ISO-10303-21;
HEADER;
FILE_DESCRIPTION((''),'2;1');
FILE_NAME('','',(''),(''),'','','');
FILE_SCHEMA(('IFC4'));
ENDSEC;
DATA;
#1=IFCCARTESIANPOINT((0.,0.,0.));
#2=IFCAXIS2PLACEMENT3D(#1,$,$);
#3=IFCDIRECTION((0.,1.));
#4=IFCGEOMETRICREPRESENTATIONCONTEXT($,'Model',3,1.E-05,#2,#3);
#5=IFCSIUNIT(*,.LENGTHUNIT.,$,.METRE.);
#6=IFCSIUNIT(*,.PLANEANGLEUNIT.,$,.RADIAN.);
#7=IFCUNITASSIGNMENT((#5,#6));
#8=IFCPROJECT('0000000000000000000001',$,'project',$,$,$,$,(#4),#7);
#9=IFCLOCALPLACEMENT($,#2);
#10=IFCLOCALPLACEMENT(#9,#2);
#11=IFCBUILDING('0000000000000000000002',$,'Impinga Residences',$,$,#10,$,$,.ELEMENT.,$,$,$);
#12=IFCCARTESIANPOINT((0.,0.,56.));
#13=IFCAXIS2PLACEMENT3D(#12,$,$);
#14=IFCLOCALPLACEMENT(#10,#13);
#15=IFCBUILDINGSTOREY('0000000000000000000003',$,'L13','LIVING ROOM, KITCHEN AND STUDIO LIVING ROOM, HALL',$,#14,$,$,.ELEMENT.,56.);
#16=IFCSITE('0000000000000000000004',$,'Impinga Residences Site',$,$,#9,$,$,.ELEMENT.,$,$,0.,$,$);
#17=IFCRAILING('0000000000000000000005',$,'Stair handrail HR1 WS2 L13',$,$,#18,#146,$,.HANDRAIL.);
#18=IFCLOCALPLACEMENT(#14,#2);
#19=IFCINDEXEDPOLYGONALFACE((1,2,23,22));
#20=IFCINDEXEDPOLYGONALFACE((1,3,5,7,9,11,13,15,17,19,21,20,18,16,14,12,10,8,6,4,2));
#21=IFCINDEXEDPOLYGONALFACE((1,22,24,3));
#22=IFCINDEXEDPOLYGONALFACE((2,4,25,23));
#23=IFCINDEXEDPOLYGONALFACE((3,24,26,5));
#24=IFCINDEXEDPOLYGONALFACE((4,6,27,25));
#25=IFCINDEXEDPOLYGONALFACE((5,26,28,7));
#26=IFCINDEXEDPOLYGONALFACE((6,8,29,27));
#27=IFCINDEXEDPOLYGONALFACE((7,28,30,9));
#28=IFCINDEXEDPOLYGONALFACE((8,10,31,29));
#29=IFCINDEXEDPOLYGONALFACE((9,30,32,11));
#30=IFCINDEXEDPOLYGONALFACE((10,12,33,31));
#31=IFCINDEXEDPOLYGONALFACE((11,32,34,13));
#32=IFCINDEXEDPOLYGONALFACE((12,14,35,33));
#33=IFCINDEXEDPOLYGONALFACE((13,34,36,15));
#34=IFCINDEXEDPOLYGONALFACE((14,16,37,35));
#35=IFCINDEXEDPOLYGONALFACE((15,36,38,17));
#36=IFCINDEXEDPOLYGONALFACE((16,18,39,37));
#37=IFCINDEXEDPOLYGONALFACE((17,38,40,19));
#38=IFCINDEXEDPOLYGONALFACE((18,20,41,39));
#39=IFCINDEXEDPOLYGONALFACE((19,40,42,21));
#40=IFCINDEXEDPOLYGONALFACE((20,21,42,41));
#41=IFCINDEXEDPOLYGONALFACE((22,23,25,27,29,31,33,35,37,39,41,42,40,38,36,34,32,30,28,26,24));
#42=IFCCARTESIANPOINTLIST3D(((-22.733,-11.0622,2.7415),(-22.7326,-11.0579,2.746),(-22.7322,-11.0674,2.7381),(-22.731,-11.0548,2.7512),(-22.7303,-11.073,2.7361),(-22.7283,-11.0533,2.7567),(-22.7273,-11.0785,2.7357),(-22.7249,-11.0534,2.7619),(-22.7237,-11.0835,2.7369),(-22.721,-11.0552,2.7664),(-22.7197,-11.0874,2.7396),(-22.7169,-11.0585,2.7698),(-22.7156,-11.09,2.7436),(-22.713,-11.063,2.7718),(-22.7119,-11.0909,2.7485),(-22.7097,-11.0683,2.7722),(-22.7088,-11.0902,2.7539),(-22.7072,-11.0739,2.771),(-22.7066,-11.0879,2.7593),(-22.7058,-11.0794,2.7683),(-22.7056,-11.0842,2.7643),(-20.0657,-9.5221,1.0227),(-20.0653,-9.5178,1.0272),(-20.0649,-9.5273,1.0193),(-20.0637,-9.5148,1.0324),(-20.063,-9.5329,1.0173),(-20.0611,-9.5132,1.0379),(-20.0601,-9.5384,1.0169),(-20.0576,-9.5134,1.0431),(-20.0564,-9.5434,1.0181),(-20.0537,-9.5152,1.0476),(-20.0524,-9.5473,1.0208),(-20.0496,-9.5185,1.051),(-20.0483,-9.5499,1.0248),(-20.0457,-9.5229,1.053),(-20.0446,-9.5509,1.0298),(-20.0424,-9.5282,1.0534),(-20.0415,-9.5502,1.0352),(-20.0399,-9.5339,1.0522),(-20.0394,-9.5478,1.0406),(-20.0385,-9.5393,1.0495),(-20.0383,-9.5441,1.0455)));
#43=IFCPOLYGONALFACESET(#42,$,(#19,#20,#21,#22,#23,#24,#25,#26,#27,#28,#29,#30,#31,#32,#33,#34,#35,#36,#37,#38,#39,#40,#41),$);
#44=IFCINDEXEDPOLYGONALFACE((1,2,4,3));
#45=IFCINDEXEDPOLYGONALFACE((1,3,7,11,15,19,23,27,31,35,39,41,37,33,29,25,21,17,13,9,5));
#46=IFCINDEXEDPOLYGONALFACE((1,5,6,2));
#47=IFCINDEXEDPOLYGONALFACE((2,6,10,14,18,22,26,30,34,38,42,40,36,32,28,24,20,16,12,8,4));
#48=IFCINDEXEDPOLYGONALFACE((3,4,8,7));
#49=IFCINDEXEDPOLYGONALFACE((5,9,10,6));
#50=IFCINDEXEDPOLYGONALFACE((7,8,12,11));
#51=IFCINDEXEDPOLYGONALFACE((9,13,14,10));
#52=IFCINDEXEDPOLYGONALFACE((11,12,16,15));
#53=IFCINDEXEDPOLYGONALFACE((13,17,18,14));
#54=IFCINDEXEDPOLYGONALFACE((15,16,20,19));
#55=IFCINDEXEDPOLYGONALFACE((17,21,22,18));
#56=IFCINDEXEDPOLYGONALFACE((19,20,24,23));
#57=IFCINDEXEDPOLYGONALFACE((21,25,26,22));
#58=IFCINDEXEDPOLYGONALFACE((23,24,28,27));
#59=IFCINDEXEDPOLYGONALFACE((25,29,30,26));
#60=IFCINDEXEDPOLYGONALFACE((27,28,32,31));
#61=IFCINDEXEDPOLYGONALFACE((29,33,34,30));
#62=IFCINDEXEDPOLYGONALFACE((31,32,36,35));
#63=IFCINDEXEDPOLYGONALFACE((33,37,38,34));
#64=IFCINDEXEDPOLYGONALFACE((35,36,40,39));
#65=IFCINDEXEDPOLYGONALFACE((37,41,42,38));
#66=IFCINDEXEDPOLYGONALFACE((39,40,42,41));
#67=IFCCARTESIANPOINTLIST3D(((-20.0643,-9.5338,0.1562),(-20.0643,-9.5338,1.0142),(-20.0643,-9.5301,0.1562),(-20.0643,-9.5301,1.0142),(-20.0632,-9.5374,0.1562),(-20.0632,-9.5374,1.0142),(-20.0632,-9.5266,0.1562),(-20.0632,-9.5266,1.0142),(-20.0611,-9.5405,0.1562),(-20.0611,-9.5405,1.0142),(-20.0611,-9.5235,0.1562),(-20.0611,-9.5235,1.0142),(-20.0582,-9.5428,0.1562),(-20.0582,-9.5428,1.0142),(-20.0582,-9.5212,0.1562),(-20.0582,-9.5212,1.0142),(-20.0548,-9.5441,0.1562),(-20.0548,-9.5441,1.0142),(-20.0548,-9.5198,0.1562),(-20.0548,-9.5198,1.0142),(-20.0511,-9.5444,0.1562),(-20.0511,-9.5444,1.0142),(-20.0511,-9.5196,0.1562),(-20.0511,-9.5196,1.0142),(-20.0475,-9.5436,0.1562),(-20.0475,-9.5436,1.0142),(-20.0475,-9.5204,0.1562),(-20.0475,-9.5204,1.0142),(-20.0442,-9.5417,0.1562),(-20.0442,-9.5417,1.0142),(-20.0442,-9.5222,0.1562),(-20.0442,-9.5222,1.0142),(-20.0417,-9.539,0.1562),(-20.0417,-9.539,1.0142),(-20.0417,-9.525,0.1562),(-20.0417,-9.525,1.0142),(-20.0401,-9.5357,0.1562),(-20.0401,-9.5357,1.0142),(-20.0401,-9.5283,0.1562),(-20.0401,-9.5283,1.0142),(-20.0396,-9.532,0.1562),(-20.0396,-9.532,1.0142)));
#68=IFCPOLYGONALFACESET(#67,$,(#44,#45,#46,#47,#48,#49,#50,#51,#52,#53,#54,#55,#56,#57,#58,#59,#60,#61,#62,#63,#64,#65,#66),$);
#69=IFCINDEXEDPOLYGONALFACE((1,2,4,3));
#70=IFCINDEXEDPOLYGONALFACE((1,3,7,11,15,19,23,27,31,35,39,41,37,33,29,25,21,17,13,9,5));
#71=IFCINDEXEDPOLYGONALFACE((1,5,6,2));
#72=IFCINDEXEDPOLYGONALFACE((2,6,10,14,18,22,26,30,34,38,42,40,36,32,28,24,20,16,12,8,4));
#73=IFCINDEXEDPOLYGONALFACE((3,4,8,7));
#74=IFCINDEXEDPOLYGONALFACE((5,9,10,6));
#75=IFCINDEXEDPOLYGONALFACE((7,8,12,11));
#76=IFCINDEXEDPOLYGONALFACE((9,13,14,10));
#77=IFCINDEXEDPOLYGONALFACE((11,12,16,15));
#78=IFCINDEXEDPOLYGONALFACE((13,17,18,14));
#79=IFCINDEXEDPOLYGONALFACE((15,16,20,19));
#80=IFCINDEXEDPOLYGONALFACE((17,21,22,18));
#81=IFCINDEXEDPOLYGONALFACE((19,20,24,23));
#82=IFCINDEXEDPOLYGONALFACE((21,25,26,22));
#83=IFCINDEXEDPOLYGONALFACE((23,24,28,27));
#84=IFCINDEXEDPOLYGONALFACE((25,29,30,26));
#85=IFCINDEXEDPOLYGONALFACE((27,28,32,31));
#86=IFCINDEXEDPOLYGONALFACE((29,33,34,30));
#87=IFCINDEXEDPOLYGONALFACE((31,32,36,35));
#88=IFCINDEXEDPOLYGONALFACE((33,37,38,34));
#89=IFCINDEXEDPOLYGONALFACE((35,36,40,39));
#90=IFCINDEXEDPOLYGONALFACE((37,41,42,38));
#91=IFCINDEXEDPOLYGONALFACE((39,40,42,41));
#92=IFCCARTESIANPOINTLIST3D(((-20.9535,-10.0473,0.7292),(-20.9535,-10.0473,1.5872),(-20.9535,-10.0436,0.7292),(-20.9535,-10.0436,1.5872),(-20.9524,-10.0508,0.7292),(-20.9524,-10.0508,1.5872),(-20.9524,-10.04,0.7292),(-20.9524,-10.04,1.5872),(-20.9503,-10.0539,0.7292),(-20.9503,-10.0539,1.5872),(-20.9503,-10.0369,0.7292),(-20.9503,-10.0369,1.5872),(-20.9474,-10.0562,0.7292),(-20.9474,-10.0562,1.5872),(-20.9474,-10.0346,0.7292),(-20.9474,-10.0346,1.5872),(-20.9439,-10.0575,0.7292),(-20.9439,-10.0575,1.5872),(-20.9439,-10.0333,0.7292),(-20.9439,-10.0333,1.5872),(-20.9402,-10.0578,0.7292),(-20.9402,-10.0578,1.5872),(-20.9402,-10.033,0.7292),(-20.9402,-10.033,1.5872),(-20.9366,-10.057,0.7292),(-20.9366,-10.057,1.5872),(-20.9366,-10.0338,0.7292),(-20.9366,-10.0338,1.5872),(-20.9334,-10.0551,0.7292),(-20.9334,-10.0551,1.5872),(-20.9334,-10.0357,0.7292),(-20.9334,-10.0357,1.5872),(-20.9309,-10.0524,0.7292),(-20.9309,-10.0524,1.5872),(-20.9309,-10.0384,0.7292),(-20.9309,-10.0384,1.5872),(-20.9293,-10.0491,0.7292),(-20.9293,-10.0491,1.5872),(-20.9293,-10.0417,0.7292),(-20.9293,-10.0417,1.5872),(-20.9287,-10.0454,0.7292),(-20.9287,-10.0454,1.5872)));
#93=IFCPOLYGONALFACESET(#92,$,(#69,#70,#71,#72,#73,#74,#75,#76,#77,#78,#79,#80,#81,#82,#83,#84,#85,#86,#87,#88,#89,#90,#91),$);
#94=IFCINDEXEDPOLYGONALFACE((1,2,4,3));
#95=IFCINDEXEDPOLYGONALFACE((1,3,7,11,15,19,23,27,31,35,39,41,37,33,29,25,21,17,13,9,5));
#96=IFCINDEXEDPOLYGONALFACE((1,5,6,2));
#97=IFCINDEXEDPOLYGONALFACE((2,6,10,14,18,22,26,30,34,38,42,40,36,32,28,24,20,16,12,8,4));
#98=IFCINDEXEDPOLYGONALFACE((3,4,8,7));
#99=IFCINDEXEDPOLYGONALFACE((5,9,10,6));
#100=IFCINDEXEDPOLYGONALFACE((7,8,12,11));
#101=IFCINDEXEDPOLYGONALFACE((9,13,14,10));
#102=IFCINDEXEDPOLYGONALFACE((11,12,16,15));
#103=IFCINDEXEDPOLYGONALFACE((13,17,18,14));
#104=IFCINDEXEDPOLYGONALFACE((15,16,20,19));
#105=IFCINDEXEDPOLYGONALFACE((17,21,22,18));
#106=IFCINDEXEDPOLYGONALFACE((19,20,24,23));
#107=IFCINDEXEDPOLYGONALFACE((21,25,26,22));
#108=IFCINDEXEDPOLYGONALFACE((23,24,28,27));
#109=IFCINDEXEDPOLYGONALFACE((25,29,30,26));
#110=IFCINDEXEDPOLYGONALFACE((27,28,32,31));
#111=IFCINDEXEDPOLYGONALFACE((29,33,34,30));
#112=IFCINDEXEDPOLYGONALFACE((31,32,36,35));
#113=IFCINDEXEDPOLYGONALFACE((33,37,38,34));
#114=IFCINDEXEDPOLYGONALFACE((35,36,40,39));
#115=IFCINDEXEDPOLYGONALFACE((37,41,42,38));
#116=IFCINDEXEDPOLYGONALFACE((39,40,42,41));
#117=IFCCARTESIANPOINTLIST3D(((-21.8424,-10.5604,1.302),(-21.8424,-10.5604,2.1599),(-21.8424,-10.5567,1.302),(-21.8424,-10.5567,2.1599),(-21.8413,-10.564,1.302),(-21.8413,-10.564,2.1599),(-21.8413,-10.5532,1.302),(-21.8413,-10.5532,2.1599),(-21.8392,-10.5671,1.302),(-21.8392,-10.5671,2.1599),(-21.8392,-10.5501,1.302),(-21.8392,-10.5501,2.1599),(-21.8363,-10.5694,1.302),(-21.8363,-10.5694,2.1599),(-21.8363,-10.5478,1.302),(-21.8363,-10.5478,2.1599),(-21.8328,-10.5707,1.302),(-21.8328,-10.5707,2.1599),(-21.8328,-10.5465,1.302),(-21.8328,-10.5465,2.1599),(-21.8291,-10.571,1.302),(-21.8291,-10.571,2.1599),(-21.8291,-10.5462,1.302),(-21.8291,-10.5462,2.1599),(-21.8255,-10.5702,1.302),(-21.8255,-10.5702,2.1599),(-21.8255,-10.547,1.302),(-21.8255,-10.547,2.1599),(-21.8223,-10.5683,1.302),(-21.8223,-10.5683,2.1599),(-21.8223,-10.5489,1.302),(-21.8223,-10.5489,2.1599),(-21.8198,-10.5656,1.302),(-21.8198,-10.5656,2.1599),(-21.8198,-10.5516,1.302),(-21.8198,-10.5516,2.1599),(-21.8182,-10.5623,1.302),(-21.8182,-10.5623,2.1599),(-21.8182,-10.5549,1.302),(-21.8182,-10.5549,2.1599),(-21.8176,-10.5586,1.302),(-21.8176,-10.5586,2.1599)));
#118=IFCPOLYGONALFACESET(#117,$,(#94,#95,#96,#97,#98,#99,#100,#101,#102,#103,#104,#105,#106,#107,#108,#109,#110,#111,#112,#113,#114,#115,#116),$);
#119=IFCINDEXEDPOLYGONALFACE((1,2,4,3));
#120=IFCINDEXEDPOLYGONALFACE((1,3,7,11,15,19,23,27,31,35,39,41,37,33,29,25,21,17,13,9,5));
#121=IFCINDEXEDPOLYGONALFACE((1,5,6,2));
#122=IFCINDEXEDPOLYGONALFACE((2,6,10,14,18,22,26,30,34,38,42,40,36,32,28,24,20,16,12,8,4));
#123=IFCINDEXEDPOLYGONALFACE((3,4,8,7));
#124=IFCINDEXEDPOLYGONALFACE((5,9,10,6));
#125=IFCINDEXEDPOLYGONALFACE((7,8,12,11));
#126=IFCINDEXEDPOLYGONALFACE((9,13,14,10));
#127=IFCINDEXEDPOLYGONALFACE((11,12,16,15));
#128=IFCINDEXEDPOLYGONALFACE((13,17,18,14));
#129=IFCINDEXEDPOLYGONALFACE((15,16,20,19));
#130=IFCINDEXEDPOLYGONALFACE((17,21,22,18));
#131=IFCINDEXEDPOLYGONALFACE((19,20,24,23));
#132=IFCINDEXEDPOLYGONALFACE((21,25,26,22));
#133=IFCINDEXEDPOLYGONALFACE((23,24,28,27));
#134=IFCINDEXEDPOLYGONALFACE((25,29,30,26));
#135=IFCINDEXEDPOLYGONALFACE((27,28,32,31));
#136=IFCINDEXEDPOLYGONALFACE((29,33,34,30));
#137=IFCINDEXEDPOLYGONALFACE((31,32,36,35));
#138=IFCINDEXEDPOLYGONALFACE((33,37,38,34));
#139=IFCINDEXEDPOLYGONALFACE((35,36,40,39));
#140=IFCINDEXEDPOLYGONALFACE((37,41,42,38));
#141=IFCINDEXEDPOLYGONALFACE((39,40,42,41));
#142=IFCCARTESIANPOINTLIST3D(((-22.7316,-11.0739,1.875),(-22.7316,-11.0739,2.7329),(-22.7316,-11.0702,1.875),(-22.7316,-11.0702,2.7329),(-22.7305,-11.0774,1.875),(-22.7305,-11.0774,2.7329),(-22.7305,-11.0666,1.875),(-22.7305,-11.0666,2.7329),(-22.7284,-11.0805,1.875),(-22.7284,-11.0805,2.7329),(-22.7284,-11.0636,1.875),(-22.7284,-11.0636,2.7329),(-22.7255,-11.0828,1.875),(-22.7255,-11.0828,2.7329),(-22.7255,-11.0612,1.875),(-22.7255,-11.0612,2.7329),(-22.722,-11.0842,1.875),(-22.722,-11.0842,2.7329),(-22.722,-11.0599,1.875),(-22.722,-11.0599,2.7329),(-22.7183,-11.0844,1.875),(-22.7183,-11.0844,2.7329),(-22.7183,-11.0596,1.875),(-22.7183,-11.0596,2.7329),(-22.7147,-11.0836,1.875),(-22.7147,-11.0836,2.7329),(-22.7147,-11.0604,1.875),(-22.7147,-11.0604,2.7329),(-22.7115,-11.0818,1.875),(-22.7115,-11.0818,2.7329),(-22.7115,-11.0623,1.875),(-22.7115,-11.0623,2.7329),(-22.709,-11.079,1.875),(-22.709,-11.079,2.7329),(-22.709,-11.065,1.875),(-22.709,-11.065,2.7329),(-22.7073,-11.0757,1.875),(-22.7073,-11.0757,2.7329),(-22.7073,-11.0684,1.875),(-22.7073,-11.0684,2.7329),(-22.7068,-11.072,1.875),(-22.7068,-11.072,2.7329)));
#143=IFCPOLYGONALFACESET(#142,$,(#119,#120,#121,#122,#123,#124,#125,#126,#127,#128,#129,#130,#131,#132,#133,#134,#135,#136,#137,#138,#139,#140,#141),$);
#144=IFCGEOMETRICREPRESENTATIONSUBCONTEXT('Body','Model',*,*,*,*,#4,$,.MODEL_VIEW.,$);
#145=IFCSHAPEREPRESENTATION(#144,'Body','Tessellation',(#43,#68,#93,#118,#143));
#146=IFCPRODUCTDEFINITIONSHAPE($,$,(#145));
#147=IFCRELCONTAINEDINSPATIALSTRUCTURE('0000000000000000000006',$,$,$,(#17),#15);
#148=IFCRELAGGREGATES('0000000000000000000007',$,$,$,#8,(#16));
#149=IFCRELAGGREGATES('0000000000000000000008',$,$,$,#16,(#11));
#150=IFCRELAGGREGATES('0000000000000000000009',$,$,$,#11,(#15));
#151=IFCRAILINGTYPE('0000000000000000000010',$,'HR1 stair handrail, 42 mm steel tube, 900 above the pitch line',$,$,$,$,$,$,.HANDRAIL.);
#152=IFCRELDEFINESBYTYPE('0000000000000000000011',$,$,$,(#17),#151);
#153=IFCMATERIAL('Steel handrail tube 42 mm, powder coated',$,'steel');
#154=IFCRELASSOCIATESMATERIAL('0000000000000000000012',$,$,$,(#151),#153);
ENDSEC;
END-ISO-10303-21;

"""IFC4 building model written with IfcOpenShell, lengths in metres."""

from ifc_helpers import new_model, si_unit, direction, frame, origin, origin_2d, place, context, subcontext, project, spatial, circle, extrude, material, type_object, element, save


model = new_model("IFC4")

# Units and contexts
model_context = context("Model", 3, precision=1e-05, world=origin(), true_north=direction((0.0, 1.0)))
body_context = subcontext(model_context, "Body", "Model", "MODEL_VIEW")
ifc_project = project(units=[si_unit("LENGTHUNIT", "METRE"), si_unit("PLANEANGLEUNIT", "RADIAN")], contexts=[model_context])

# Site, building, storey
site_placement = place(None, origin())
site = spatial("IfcSite", under=ifc_project, at=site_placement, Name="Impinga Residences Site", CompositionType="ELEMENT", RefElevation=0.0)
building_placement = place(site_placement, origin())
building = spatial("IfcBuilding", under=site, at=building_placement, Name="Impinga Residences", CompositionType="ELEMENT")
storey_placement = place(building_placement, frame((0.0, 0.0, 56.0)))
storey = spatial("IfcBuildingStorey", under=building, at=storey_placement, Name="L13", Description="LIVING ROOM, KITCHEN AND STUDIO LIVING ROOM, HALL", CompositionType="ELEMENT", Elevation=56.0)

# Railing
ifc_material_1 = material(Name="Steel handrail tube 42 mm, powder coated", Category="steel")
railing_type_1 = type_object("IfcRailingType", Name="HR1 stair handrail, 42 mm steel tube, 900 above the pitch line", PredefinedType="HANDRAIL", material=ifc_material_1)
railing_1_placement = place(storey_placement, frame((-20.052, -9.532, 0.1562)))
element("IfcRailing", 1, at=railing_1_placement, inside=storey, type_object=railing_type_1, Name="Stair handrail HR1 WS2 L13", PredefinedType="HANDRAIL", context=body_context, shape_type="SweptSolid", body=[
    extrude(circle(Radius=0.021, at=origin_2d()), frame((0.0, 0.0, 0.8789), z_axis=(-0.756226, -0.436639, 0.487307), x_axis=(0.500027, -0.86601, 0.0)), (0.0, 0.0, 1.0), 3.5271),
    extrude(circle(Radius=0.0125, at=origin_2d()), origin(), (0.0, 0.0, 1.0), 0.8579),
    extrude(circle(Radius=0.0125, at=origin_2d()), frame((-0.8892, -0.5134, 0.573)), (0.0, 0.0, 1.0), 0.8579),
    extrude(circle(Radius=0.0125, at=origin_2d()), frame((-1.7781, -1.0266, 1.1458)), (0.0, 0.0, 1.0), 0.8579),
    extrude(circle(Radius=0.0125, at=origin_2d()), frame((-2.6672, -1.54, 1.7188)), (0.0, 0.0, 1.0), 0.8579),
])

save(model, "model.ifc")
